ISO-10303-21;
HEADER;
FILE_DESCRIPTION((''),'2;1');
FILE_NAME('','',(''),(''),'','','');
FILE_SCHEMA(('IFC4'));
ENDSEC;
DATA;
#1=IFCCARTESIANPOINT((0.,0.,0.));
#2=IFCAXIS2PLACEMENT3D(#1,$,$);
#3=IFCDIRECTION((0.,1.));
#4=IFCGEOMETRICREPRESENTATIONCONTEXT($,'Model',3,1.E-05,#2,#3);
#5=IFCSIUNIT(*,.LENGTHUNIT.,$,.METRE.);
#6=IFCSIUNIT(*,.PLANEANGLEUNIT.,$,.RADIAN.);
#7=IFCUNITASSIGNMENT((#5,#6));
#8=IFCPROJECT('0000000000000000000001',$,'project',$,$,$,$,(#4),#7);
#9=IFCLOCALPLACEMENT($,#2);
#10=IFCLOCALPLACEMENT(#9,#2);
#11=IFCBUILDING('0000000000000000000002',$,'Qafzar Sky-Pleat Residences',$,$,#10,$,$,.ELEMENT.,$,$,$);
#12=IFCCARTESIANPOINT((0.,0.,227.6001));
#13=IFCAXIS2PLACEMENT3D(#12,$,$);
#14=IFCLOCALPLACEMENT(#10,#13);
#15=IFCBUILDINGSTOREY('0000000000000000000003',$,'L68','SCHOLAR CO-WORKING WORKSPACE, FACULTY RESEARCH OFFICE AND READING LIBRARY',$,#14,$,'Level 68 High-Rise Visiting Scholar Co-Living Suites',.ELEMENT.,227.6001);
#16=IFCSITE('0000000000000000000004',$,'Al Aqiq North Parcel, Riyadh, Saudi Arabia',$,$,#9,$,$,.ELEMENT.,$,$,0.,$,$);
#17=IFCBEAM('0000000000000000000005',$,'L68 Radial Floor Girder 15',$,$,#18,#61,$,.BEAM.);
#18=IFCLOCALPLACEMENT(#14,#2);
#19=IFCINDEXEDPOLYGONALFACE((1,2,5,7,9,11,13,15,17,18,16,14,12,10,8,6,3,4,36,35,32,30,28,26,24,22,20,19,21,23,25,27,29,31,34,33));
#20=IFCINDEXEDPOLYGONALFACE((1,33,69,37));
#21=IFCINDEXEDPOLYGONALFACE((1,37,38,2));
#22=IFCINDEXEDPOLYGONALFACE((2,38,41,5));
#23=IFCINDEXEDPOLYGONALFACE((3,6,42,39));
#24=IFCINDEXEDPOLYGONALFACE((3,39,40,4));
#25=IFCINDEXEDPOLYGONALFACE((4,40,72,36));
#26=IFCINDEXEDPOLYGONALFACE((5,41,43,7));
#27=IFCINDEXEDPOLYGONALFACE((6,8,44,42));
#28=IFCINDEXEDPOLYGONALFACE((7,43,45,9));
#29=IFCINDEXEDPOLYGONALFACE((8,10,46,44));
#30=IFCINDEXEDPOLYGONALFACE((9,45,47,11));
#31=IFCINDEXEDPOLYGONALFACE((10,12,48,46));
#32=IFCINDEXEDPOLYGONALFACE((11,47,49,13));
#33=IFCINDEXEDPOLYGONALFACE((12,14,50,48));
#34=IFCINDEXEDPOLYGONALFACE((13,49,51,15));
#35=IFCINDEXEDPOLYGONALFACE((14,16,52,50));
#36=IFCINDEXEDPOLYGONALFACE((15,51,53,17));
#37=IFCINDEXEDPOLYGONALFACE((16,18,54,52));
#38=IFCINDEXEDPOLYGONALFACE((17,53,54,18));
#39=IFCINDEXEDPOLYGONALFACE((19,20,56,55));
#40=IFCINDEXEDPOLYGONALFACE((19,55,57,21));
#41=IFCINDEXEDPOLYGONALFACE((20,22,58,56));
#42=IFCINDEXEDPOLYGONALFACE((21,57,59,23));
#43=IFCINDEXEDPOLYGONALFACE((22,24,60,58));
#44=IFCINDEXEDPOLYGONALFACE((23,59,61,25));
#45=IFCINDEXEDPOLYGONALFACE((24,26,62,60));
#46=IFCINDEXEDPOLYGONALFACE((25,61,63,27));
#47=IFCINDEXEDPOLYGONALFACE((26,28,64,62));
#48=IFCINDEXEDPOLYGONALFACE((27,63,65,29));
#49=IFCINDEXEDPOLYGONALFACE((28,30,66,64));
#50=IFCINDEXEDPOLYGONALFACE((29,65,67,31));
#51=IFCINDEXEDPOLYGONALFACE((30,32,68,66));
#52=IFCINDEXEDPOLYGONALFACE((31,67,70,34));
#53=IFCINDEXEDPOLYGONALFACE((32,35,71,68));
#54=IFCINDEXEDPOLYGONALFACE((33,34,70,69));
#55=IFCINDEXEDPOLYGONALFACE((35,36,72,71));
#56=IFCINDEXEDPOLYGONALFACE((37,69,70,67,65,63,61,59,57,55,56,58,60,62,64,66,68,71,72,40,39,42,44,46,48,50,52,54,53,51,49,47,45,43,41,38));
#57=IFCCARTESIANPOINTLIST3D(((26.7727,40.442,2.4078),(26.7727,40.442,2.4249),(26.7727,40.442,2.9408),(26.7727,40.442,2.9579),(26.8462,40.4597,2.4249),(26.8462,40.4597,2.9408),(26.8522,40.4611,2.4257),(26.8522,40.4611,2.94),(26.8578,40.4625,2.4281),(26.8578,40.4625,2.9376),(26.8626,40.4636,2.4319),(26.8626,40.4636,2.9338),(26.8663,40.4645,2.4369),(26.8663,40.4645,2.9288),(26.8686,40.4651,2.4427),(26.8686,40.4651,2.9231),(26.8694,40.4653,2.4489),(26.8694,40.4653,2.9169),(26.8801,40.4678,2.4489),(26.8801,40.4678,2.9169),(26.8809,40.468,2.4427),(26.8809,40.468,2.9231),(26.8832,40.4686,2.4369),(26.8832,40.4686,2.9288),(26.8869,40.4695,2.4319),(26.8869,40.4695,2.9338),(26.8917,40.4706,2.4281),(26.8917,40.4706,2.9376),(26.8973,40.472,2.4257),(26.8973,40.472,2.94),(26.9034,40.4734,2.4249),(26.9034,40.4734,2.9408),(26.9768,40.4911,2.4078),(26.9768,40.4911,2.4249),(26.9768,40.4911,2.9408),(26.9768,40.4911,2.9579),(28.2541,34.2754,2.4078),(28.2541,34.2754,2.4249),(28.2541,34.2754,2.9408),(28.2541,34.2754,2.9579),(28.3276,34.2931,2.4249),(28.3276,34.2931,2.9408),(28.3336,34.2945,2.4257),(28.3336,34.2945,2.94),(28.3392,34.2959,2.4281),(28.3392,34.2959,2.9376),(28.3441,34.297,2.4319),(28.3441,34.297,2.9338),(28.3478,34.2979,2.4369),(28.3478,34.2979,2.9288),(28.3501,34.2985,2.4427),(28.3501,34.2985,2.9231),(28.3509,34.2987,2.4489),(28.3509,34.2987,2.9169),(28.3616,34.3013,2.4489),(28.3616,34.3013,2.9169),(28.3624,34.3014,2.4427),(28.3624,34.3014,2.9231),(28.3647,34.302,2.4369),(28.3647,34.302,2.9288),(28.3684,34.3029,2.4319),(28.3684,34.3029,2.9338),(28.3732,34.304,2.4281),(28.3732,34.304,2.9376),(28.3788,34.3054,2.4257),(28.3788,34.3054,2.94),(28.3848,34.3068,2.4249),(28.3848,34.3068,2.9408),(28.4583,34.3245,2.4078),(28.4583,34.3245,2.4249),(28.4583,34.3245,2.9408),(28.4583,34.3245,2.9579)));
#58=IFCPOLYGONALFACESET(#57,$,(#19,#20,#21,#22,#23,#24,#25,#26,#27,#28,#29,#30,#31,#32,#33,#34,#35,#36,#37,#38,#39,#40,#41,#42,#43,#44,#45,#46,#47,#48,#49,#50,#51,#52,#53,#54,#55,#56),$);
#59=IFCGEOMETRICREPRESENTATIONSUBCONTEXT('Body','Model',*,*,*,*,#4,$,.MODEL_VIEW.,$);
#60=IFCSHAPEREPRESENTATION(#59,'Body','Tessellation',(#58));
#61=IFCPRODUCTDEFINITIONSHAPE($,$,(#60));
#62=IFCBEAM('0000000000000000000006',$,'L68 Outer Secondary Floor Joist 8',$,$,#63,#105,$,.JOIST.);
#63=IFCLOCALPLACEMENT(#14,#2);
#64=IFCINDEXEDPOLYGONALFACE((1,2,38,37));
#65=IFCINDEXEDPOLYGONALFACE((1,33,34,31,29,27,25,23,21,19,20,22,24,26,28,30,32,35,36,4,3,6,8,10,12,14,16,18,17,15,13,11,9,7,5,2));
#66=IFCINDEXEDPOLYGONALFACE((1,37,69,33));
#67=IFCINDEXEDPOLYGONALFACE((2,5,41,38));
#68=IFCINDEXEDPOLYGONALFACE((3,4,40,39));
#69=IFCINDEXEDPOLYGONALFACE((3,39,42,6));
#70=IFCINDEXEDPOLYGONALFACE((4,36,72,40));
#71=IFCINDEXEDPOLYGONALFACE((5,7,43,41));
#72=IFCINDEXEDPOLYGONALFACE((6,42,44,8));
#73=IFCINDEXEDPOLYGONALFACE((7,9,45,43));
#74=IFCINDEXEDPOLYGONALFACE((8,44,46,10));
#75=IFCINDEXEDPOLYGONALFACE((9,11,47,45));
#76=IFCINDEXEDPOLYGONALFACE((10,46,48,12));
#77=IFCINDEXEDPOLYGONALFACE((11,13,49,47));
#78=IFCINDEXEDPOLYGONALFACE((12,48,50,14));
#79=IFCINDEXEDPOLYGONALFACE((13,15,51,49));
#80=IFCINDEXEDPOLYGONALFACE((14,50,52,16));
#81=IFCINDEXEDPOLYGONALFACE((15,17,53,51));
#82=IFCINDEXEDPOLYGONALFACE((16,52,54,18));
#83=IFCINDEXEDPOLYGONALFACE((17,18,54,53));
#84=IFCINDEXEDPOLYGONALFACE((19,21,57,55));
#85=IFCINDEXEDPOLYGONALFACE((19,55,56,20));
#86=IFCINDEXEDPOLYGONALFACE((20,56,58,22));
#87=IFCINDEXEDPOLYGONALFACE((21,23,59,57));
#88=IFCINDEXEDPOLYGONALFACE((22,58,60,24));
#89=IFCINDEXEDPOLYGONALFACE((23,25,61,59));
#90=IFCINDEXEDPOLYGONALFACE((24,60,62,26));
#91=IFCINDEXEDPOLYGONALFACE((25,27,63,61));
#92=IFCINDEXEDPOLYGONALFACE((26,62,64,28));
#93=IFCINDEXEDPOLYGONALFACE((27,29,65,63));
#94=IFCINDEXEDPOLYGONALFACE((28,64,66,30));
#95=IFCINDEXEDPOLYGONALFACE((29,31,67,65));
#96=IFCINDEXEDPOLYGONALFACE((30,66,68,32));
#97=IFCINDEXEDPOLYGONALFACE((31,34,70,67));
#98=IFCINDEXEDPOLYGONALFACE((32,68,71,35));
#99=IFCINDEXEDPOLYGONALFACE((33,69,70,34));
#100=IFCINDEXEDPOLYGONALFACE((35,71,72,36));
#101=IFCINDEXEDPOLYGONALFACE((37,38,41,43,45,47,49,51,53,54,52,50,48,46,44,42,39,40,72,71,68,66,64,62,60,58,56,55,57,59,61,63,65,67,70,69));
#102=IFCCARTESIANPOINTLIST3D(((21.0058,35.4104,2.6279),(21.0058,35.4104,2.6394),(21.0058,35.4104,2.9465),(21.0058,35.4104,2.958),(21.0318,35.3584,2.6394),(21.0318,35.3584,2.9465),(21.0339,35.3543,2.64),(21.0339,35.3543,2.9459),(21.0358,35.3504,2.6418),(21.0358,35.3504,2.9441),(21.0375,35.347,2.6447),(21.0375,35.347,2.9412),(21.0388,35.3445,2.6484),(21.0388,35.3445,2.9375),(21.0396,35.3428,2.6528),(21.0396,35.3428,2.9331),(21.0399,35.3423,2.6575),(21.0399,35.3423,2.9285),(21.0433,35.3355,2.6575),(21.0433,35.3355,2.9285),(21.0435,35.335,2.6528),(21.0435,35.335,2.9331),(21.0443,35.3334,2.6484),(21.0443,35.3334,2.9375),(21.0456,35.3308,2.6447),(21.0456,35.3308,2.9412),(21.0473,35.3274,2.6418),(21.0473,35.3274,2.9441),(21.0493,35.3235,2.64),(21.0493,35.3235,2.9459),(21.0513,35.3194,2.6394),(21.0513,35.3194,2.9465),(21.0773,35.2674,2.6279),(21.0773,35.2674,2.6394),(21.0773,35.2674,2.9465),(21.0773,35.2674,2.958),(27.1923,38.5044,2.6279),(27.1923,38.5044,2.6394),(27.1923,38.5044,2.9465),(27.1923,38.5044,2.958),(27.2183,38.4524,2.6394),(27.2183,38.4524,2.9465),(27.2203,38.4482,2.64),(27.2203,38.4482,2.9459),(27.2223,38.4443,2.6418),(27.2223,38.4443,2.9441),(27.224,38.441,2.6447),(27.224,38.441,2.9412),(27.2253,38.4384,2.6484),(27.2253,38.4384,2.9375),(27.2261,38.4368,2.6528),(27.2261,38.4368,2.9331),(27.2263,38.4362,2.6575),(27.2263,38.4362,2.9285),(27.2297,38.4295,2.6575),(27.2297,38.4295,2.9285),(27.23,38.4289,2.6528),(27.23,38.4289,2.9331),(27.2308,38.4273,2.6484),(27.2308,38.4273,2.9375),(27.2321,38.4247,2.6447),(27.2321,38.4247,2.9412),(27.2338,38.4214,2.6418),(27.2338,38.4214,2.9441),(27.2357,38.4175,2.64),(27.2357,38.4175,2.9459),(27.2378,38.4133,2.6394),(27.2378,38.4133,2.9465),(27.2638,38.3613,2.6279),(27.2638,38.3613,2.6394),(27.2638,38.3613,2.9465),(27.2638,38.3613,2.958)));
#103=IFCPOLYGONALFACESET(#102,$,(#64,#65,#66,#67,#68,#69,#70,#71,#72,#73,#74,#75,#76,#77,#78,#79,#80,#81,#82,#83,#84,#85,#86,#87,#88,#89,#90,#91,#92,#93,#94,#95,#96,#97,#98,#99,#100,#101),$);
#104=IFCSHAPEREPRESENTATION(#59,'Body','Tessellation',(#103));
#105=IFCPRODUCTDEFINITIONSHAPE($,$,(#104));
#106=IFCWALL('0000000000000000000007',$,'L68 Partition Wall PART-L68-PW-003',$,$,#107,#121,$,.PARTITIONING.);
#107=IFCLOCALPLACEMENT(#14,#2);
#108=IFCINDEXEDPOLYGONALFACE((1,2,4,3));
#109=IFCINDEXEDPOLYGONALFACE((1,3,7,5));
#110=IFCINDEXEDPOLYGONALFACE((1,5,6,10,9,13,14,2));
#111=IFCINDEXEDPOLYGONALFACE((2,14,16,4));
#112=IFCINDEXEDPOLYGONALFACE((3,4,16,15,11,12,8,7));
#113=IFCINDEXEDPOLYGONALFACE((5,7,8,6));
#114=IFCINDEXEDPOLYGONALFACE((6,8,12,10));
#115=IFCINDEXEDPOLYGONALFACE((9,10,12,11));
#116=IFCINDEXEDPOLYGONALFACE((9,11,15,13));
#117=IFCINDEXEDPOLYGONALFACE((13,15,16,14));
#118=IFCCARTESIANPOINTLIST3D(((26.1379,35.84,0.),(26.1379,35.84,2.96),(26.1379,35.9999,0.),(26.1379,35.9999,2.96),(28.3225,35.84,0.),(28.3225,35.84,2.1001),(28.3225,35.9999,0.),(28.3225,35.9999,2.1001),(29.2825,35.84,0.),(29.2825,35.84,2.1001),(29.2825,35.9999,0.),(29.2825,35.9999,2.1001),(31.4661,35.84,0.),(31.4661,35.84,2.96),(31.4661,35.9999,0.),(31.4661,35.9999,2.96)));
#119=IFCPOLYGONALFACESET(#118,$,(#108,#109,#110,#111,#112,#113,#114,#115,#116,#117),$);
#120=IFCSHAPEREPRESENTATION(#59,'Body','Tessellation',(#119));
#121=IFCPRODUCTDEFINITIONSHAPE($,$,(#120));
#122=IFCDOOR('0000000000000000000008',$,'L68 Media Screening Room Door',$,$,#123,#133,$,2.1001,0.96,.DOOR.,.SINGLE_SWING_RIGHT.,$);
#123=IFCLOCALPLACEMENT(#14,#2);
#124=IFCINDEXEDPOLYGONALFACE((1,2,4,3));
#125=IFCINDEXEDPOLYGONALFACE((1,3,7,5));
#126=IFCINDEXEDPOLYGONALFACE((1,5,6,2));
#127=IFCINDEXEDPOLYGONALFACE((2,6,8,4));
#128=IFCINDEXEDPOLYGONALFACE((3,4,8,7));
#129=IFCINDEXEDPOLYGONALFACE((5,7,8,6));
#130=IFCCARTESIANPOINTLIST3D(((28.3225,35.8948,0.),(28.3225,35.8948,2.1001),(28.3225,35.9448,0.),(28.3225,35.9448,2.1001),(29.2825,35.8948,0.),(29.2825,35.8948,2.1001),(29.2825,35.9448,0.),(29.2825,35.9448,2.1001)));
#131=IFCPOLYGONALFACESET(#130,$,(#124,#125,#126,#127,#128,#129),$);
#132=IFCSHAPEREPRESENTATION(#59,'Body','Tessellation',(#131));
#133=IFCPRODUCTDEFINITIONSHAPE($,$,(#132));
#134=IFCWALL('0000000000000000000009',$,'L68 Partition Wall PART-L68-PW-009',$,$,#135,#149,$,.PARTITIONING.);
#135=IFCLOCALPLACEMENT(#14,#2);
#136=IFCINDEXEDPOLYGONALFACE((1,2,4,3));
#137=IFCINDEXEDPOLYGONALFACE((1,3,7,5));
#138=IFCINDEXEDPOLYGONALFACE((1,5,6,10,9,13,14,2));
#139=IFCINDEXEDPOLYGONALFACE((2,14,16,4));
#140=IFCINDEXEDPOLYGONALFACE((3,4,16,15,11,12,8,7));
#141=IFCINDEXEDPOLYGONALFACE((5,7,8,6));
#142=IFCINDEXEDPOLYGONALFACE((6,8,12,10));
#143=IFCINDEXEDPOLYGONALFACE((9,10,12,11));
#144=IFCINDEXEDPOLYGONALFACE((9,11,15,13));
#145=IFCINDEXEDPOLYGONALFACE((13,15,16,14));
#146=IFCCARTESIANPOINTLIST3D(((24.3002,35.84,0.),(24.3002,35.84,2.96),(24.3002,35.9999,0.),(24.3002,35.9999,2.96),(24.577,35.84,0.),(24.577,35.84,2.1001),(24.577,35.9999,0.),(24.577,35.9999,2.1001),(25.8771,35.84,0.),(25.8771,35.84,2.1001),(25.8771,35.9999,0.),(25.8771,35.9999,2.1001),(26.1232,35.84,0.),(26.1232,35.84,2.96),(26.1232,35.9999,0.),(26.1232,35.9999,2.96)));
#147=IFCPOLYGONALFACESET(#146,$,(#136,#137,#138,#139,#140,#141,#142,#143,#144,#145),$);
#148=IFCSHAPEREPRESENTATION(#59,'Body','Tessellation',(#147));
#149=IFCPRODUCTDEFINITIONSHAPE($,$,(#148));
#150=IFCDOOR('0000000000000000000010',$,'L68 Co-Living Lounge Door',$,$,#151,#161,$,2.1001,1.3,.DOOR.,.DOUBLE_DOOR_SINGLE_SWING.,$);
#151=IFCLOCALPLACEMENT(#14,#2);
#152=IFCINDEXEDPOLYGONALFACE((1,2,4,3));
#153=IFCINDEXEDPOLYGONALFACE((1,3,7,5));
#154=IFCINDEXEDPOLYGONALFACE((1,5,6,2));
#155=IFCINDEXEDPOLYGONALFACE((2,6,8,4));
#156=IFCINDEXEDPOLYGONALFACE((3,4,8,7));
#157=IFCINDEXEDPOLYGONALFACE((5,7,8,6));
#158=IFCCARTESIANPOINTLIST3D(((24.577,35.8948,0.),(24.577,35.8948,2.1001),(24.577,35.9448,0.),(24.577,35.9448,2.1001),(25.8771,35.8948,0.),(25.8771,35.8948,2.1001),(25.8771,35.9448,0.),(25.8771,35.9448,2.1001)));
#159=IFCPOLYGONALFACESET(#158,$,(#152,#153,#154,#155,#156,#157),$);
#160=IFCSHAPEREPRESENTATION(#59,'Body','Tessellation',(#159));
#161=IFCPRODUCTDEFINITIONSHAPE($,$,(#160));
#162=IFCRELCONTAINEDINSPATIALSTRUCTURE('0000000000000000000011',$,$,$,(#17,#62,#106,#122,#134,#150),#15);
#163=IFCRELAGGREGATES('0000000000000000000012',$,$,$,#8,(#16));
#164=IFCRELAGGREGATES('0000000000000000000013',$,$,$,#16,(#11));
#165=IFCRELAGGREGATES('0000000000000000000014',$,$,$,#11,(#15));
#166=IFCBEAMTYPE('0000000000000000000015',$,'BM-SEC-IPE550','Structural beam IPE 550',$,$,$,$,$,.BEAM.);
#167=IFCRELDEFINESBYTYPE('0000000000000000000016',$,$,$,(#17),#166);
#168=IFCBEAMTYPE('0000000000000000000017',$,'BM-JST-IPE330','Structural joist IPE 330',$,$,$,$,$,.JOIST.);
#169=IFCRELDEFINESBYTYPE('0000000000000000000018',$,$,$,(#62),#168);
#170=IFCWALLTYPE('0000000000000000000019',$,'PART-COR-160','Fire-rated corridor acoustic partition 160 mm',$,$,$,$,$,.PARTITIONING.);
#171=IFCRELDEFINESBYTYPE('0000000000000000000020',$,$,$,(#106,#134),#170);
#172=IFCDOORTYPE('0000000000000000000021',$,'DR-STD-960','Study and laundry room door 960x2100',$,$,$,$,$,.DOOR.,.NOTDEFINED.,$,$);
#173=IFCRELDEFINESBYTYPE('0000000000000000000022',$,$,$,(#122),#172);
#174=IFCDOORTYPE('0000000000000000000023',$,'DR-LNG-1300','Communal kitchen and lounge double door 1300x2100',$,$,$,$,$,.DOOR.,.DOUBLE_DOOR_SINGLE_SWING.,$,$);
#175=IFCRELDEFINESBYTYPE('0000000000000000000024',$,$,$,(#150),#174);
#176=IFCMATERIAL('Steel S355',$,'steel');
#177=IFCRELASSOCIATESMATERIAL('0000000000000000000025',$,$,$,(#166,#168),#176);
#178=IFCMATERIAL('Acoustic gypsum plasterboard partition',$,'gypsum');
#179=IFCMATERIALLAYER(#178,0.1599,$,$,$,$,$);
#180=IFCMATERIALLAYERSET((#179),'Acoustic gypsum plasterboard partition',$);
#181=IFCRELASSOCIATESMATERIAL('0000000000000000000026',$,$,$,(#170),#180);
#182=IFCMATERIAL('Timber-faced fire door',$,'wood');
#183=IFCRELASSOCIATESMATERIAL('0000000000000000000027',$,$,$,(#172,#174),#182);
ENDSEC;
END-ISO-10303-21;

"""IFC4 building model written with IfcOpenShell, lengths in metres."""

from ifc_helpers import new_model, si_unit, direction, frame, frame_2d, origin, origin_2d, place, context, subcontext, project, spatial, rectangle, i_section, extrude, source, transform, mapped, material, layer, layer_set, material_profile, profile_set, type_object, element, fill, save


model = new_model("IFC4")

# Units and contexts
model_context = context("Model", 3, precision=1e-05, world=origin(), true_north=direction((0.0, 1.0)))
body_context = subcontext(model_context, "Body", "Model", "MODEL_VIEW")
ifc_project = project(units=[si_unit("LENGTHUNIT", "METRE"), si_unit("PLANEANGLEUNIT", "RADIAN")], contexts=[model_context])

# Site, building, storey
site_placement = place(None, origin())
site = spatial("IfcSite", under=ifc_project, at=site_placement, Name="Al Aqiq North Parcel, Riyadh, Saudi Arabia", CompositionType="ELEMENT", RefElevation=0.0)
building_placement = place(site_placement, origin())
building = spatial("IfcBuilding", under=site, at=building_placement, Name="Qafzar Sky-Pleat Residences", CompositionType="ELEMENT")
storey_placement = place(building_placement, frame((0.0, 0.0, 227.6001)))
storey = spatial("IfcBuildingStorey", under=building, at=storey_placement, Name="L68", Description="SCHOLAR CO-WORKING WORKSPACE, FACULTY RESEARCH OFFICE AND READING LIBRARY", LongName="Level 68 High-Rise Visiting Scholar Co-Living Suites", CompositionType="ELEMENT", Elevation=227.6001)

# Shared definitions
ifc_material_1 = material(Name="Steel S355", Category="steel")

# Beams
ifc_material_profile_1 = material_profile(ifc_material_1, i_section(OverallWidth=0.21, OverallDepth=0.55, WebThickness=0.011, FlangeThickness=0.0171, FilletRadius=0.0239, at=origin_2d()), Name="IPE 550")
ifc_profile_set_1 = profile_set([ifc_material_profile_1], Name="Steel S355")
beam_type_1 = type_object("IfcBeamType", Name="BM-SEC-IPE550", Description="Structural beam IPE 550", PredefinedType="BEAM", material=ifc_profile_set_1)
shared_shape_1 = source(origin(), body_context, "Body", "SweptSolid", [
    extrude(i_section(OverallWidth=0.21, OverallDepth=0.55, WebThickness=0.011, FlangeThickness=0.0171, FilletRadius=0.0239, at=origin_2d()), origin(), (0.0, 0.0, 1.0), 6.342),
])
beam_1_placement = place(storey_placement, frame((26.8748, 40.4666, 2.6829), z_axis=(0.233594, -0.972334, 0.0), x_axis=(0.972334, 0.233594, 0.0)))
element("IfcBeam", 1, at=beam_1_placement, inside=storey, type_object=beam_type_1, Name="L68 Radial Floor Girder 15", PredefinedType="BEAM", context=body_context, shape_type="MappedRepresentation", body=[
    mapped(shared_shape_1, transform((0.0, 0.0, 0.0), x_axis=(1.0, 0.0, 0.0), y_axis=(0.0, 1.0, 0.0), z_axis=(0.0, 0.0, 1.0), scale=1.0)),
])
ifc_material_profile_2 = material_profile(ifc_material_1, i_section(OverallWidth=0.1599, OverallDepth=0.3301, WebThickness=0.0076, FlangeThickness=0.0115, FilletRadius=0.0181, at=origin_2d()), Name="IPE 330")
ifc_profile_set_2 = profile_set([ifc_material_profile_2], Name="Steel S355")
beam_type_2 = type_object("IfcBeamType", Name="BM-JST-IPE330", Description="Structural joist IPE 330", PredefinedType="JOIST", material=ifc_profile_set_2)
shared_shape_2 = source(origin(), body_context, "Body", "SweptSolid", [
    extrude(i_section(OverallWidth=0.1599, OverallDepth=0.3301, WebThickness=0.0076, FlangeThickness=0.0115, FilletRadius=0.0181, at=origin_2d()), origin(), (0.0, 0.0, 1.0), 6.917),
])
beam_2_placement = place(storey_placement, frame((27.228, 38.4329, 2.793), z_axis=(-0.894385, -0.447298, 0.0), x_axis=(0.447298, -0.894385, 0.0)))
element("IfcBeam", 2, at=beam_2_placement, inside=storey, type_object=beam_type_2, Name="L68 Outer Secondary Floor Joist 8", PredefinedType="JOIST", context=body_context, shape_type="MappedRepresentation", body=[
    mapped(shared_shape_2, transform((0.0, 0.0, 0.0), x_axis=(1.0, 0.0, 0.0), y_axis=(0.0, 1.0, 0.0), z_axis=(0.0, 0.0, 1.0), scale=1.0)),
])

# Walls, openings, doors
ifc_material_2 = material(Name="Acoustic gypsum plasterboard partition", Category="gypsum")
ifc_layer_1 = layer(ifc_material_2, 0.1599)
ifc_layer_set_1 = layer_set([ifc_layer_1], Name="Acoustic gypsum plasterboard partition")
wall_type_1 = type_object("IfcWallType", Name="PART-COR-160", Description="Fire-rated corridor acoustic partition 160 mm", PredefinedType="PARTITIONING", material=ifc_layer_set_1)
wall_1_placement = place(storey_placement, frame((26.1379, 35.9199, 0.0), z_axis=(0.0, 0.0, 1.0), x_axis=(1.0, 0.0, 0.0)))
wall_1 = element("IfcWall", 3, at=wall_1_placement, inside=storey, type_object=wall_type_1, Name="L68 Partition Wall PART-L68-PW-003", PredefinedType="PARTITIONING", context=body_context, shape_type="SweptSolid", body=[
    extrude(rectangle(XDim=5.3281, YDim=0.1599, at=frame_2d((2.6641, 0.0))), origin(), (0.0, 0.0, 1.0), 2.96),
])
opening_1_placement = place(wall_1_placement, frame((2.1846, 0.0, 0.0)))
opening_1 = element("IfcOpeningElement", 4, at=opening_1_placement, cuts=wall_1, PredefinedType="OPENING", context=body_context, shape_type="SweptSolid", body=[
    extrude(rectangle(XDim=0.96, YDim=2.1001, at=frame_2d((0.48, 1.05))), frame((0.0, 0.0898, 0.0), z_axis=(0.0, -1.0, 0.0), x_axis=(1.0, 0.0, 0.0)), (0.0, 0.0, 1.0), 0.1799),
])
ifc_material_3 = material(Name="Timber-faced fire door", Category="wood")
door_type_1 = type_object("IfcDoorType", Name="DR-STD-960", Description="Study and laundry room door 960x2100", OperationType="NOTDEFINED", PredefinedType="DOOR", material=ifc_material_3)
shared_shape_3 = source(origin(), body_context, "Body", "SweptSolid", [
    extrude(rectangle(XDim=0.96, YDim=2.1001, at=frame_2d((0.48, 1.05))), frame((0.0, 0.0249, 0.0), z_axis=(0.0, -1.0, 0.0), x_axis=(1.0, 0.0, 0.0)), (0.0, 0.0, 1.0), 0.05),
])
door_1_placement = place(opening_1_placement, origin())
door_1 = element("IfcDoor", 5, at=door_1_placement, inside=storey, type_object=door_type_1, Name="L68 Media Screening Room Door", OperationType="SINGLE_SWING_RIGHT", OverallHeight=2.1001, OverallWidth=0.96, PredefinedType="DOOR", context=body_context, shape_type="MappedRepresentation", body=[
    mapped(shared_shape_3, transform((0.0, 0.0, 0.0), x_axis=(1.0, 0.0, 0.0), y_axis=(0.0, 1.0, 0.0), z_axis=(0.0, 0.0, 1.0), scale=1.0)),
])
fill(opening_1, door_1)
wall_2_placement = place(storey_placement, frame((24.3, 35.9199, 0.0), z_axis=(0.0, 0.0, 1.0), x_axis=(1.0, 0.0, 0.0)))
wall_2 = element("IfcWall", 6, at=wall_2_placement, inside=storey, type_object=wall_type_1, Name="L68 Partition Wall PART-L68-PW-009", PredefinedType="PARTITIONING", context=body_context, shape_type="SweptSolid", body=[
    extrude(rectangle(XDim=1.823, YDim=0.1599, at=frame_2d((0.9116, 0.0))), origin(), (0.0, 0.0, 1.0), 2.96),
])
opening_2_placement = place(wall_2_placement, frame((0.2771, 0.0, 0.0)))
opening_2 = element("IfcOpeningElement", 7, at=opening_2_placement, cuts=wall_2, PredefinedType="OPENING", context=body_context, shape_type="SweptSolid", body=[
    extrude(rectangle(XDim=1.3, YDim=2.1001, at=frame_2d((0.6499, 1.05))), frame((0.0, 0.0898, 0.0), z_axis=(0.0, -1.0, 0.0), x_axis=(1.0, 0.0, 0.0)), (0.0, 0.0, 1.0), 0.1799),
])
door_type_2 = type_object("IfcDoorType", Name="DR-LNG-1300", Description="Communal kitchen and lounge double door 1300x2100", OperationType="DOUBLE_DOOR_SINGLE_SWING", PredefinedType="DOOR", material=ifc_material_3)
shared_shape_4 = source(origin(), body_context, "Body", "SweptSolid", [
    extrude(rectangle(XDim=1.3, YDim=2.1001, at=frame_2d((0.6499, 1.05))), frame((0.0, 0.0249, 0.0), z_axis=(0.0, -1.0, 0.0), x_axis=(1.0, 0.0, 0.0)), (0.0, 0.0, 1.0), 0.05),
])
door_2_placement = place(opening_2_placement, origin())
door_2 = element("IfcDoor", 8, at=door_2_placement, inside=storey, type_object=door_type_2, Name="L68 Co-Living Lounge Door", OperationType="DOUBLE_DOOR_SINGLE_SWING", OverallHeight=2.1001, OverallWidth=1.3, PredefinedType="DOOR", context=body_context, shape_type="MappedRepresentation", body=[
    mapped(shared_shape_4, transform((0.0, 0.0, 0.0), x_axis=(1.0, 0.0, 0.0), y_axis=(0.0, 1.0, 0.0), z_axis=(0.0, 0.0, 1.0), scale=1.0)),
])
fill(opening_2, door_2)

save(model, "model.ifc")
